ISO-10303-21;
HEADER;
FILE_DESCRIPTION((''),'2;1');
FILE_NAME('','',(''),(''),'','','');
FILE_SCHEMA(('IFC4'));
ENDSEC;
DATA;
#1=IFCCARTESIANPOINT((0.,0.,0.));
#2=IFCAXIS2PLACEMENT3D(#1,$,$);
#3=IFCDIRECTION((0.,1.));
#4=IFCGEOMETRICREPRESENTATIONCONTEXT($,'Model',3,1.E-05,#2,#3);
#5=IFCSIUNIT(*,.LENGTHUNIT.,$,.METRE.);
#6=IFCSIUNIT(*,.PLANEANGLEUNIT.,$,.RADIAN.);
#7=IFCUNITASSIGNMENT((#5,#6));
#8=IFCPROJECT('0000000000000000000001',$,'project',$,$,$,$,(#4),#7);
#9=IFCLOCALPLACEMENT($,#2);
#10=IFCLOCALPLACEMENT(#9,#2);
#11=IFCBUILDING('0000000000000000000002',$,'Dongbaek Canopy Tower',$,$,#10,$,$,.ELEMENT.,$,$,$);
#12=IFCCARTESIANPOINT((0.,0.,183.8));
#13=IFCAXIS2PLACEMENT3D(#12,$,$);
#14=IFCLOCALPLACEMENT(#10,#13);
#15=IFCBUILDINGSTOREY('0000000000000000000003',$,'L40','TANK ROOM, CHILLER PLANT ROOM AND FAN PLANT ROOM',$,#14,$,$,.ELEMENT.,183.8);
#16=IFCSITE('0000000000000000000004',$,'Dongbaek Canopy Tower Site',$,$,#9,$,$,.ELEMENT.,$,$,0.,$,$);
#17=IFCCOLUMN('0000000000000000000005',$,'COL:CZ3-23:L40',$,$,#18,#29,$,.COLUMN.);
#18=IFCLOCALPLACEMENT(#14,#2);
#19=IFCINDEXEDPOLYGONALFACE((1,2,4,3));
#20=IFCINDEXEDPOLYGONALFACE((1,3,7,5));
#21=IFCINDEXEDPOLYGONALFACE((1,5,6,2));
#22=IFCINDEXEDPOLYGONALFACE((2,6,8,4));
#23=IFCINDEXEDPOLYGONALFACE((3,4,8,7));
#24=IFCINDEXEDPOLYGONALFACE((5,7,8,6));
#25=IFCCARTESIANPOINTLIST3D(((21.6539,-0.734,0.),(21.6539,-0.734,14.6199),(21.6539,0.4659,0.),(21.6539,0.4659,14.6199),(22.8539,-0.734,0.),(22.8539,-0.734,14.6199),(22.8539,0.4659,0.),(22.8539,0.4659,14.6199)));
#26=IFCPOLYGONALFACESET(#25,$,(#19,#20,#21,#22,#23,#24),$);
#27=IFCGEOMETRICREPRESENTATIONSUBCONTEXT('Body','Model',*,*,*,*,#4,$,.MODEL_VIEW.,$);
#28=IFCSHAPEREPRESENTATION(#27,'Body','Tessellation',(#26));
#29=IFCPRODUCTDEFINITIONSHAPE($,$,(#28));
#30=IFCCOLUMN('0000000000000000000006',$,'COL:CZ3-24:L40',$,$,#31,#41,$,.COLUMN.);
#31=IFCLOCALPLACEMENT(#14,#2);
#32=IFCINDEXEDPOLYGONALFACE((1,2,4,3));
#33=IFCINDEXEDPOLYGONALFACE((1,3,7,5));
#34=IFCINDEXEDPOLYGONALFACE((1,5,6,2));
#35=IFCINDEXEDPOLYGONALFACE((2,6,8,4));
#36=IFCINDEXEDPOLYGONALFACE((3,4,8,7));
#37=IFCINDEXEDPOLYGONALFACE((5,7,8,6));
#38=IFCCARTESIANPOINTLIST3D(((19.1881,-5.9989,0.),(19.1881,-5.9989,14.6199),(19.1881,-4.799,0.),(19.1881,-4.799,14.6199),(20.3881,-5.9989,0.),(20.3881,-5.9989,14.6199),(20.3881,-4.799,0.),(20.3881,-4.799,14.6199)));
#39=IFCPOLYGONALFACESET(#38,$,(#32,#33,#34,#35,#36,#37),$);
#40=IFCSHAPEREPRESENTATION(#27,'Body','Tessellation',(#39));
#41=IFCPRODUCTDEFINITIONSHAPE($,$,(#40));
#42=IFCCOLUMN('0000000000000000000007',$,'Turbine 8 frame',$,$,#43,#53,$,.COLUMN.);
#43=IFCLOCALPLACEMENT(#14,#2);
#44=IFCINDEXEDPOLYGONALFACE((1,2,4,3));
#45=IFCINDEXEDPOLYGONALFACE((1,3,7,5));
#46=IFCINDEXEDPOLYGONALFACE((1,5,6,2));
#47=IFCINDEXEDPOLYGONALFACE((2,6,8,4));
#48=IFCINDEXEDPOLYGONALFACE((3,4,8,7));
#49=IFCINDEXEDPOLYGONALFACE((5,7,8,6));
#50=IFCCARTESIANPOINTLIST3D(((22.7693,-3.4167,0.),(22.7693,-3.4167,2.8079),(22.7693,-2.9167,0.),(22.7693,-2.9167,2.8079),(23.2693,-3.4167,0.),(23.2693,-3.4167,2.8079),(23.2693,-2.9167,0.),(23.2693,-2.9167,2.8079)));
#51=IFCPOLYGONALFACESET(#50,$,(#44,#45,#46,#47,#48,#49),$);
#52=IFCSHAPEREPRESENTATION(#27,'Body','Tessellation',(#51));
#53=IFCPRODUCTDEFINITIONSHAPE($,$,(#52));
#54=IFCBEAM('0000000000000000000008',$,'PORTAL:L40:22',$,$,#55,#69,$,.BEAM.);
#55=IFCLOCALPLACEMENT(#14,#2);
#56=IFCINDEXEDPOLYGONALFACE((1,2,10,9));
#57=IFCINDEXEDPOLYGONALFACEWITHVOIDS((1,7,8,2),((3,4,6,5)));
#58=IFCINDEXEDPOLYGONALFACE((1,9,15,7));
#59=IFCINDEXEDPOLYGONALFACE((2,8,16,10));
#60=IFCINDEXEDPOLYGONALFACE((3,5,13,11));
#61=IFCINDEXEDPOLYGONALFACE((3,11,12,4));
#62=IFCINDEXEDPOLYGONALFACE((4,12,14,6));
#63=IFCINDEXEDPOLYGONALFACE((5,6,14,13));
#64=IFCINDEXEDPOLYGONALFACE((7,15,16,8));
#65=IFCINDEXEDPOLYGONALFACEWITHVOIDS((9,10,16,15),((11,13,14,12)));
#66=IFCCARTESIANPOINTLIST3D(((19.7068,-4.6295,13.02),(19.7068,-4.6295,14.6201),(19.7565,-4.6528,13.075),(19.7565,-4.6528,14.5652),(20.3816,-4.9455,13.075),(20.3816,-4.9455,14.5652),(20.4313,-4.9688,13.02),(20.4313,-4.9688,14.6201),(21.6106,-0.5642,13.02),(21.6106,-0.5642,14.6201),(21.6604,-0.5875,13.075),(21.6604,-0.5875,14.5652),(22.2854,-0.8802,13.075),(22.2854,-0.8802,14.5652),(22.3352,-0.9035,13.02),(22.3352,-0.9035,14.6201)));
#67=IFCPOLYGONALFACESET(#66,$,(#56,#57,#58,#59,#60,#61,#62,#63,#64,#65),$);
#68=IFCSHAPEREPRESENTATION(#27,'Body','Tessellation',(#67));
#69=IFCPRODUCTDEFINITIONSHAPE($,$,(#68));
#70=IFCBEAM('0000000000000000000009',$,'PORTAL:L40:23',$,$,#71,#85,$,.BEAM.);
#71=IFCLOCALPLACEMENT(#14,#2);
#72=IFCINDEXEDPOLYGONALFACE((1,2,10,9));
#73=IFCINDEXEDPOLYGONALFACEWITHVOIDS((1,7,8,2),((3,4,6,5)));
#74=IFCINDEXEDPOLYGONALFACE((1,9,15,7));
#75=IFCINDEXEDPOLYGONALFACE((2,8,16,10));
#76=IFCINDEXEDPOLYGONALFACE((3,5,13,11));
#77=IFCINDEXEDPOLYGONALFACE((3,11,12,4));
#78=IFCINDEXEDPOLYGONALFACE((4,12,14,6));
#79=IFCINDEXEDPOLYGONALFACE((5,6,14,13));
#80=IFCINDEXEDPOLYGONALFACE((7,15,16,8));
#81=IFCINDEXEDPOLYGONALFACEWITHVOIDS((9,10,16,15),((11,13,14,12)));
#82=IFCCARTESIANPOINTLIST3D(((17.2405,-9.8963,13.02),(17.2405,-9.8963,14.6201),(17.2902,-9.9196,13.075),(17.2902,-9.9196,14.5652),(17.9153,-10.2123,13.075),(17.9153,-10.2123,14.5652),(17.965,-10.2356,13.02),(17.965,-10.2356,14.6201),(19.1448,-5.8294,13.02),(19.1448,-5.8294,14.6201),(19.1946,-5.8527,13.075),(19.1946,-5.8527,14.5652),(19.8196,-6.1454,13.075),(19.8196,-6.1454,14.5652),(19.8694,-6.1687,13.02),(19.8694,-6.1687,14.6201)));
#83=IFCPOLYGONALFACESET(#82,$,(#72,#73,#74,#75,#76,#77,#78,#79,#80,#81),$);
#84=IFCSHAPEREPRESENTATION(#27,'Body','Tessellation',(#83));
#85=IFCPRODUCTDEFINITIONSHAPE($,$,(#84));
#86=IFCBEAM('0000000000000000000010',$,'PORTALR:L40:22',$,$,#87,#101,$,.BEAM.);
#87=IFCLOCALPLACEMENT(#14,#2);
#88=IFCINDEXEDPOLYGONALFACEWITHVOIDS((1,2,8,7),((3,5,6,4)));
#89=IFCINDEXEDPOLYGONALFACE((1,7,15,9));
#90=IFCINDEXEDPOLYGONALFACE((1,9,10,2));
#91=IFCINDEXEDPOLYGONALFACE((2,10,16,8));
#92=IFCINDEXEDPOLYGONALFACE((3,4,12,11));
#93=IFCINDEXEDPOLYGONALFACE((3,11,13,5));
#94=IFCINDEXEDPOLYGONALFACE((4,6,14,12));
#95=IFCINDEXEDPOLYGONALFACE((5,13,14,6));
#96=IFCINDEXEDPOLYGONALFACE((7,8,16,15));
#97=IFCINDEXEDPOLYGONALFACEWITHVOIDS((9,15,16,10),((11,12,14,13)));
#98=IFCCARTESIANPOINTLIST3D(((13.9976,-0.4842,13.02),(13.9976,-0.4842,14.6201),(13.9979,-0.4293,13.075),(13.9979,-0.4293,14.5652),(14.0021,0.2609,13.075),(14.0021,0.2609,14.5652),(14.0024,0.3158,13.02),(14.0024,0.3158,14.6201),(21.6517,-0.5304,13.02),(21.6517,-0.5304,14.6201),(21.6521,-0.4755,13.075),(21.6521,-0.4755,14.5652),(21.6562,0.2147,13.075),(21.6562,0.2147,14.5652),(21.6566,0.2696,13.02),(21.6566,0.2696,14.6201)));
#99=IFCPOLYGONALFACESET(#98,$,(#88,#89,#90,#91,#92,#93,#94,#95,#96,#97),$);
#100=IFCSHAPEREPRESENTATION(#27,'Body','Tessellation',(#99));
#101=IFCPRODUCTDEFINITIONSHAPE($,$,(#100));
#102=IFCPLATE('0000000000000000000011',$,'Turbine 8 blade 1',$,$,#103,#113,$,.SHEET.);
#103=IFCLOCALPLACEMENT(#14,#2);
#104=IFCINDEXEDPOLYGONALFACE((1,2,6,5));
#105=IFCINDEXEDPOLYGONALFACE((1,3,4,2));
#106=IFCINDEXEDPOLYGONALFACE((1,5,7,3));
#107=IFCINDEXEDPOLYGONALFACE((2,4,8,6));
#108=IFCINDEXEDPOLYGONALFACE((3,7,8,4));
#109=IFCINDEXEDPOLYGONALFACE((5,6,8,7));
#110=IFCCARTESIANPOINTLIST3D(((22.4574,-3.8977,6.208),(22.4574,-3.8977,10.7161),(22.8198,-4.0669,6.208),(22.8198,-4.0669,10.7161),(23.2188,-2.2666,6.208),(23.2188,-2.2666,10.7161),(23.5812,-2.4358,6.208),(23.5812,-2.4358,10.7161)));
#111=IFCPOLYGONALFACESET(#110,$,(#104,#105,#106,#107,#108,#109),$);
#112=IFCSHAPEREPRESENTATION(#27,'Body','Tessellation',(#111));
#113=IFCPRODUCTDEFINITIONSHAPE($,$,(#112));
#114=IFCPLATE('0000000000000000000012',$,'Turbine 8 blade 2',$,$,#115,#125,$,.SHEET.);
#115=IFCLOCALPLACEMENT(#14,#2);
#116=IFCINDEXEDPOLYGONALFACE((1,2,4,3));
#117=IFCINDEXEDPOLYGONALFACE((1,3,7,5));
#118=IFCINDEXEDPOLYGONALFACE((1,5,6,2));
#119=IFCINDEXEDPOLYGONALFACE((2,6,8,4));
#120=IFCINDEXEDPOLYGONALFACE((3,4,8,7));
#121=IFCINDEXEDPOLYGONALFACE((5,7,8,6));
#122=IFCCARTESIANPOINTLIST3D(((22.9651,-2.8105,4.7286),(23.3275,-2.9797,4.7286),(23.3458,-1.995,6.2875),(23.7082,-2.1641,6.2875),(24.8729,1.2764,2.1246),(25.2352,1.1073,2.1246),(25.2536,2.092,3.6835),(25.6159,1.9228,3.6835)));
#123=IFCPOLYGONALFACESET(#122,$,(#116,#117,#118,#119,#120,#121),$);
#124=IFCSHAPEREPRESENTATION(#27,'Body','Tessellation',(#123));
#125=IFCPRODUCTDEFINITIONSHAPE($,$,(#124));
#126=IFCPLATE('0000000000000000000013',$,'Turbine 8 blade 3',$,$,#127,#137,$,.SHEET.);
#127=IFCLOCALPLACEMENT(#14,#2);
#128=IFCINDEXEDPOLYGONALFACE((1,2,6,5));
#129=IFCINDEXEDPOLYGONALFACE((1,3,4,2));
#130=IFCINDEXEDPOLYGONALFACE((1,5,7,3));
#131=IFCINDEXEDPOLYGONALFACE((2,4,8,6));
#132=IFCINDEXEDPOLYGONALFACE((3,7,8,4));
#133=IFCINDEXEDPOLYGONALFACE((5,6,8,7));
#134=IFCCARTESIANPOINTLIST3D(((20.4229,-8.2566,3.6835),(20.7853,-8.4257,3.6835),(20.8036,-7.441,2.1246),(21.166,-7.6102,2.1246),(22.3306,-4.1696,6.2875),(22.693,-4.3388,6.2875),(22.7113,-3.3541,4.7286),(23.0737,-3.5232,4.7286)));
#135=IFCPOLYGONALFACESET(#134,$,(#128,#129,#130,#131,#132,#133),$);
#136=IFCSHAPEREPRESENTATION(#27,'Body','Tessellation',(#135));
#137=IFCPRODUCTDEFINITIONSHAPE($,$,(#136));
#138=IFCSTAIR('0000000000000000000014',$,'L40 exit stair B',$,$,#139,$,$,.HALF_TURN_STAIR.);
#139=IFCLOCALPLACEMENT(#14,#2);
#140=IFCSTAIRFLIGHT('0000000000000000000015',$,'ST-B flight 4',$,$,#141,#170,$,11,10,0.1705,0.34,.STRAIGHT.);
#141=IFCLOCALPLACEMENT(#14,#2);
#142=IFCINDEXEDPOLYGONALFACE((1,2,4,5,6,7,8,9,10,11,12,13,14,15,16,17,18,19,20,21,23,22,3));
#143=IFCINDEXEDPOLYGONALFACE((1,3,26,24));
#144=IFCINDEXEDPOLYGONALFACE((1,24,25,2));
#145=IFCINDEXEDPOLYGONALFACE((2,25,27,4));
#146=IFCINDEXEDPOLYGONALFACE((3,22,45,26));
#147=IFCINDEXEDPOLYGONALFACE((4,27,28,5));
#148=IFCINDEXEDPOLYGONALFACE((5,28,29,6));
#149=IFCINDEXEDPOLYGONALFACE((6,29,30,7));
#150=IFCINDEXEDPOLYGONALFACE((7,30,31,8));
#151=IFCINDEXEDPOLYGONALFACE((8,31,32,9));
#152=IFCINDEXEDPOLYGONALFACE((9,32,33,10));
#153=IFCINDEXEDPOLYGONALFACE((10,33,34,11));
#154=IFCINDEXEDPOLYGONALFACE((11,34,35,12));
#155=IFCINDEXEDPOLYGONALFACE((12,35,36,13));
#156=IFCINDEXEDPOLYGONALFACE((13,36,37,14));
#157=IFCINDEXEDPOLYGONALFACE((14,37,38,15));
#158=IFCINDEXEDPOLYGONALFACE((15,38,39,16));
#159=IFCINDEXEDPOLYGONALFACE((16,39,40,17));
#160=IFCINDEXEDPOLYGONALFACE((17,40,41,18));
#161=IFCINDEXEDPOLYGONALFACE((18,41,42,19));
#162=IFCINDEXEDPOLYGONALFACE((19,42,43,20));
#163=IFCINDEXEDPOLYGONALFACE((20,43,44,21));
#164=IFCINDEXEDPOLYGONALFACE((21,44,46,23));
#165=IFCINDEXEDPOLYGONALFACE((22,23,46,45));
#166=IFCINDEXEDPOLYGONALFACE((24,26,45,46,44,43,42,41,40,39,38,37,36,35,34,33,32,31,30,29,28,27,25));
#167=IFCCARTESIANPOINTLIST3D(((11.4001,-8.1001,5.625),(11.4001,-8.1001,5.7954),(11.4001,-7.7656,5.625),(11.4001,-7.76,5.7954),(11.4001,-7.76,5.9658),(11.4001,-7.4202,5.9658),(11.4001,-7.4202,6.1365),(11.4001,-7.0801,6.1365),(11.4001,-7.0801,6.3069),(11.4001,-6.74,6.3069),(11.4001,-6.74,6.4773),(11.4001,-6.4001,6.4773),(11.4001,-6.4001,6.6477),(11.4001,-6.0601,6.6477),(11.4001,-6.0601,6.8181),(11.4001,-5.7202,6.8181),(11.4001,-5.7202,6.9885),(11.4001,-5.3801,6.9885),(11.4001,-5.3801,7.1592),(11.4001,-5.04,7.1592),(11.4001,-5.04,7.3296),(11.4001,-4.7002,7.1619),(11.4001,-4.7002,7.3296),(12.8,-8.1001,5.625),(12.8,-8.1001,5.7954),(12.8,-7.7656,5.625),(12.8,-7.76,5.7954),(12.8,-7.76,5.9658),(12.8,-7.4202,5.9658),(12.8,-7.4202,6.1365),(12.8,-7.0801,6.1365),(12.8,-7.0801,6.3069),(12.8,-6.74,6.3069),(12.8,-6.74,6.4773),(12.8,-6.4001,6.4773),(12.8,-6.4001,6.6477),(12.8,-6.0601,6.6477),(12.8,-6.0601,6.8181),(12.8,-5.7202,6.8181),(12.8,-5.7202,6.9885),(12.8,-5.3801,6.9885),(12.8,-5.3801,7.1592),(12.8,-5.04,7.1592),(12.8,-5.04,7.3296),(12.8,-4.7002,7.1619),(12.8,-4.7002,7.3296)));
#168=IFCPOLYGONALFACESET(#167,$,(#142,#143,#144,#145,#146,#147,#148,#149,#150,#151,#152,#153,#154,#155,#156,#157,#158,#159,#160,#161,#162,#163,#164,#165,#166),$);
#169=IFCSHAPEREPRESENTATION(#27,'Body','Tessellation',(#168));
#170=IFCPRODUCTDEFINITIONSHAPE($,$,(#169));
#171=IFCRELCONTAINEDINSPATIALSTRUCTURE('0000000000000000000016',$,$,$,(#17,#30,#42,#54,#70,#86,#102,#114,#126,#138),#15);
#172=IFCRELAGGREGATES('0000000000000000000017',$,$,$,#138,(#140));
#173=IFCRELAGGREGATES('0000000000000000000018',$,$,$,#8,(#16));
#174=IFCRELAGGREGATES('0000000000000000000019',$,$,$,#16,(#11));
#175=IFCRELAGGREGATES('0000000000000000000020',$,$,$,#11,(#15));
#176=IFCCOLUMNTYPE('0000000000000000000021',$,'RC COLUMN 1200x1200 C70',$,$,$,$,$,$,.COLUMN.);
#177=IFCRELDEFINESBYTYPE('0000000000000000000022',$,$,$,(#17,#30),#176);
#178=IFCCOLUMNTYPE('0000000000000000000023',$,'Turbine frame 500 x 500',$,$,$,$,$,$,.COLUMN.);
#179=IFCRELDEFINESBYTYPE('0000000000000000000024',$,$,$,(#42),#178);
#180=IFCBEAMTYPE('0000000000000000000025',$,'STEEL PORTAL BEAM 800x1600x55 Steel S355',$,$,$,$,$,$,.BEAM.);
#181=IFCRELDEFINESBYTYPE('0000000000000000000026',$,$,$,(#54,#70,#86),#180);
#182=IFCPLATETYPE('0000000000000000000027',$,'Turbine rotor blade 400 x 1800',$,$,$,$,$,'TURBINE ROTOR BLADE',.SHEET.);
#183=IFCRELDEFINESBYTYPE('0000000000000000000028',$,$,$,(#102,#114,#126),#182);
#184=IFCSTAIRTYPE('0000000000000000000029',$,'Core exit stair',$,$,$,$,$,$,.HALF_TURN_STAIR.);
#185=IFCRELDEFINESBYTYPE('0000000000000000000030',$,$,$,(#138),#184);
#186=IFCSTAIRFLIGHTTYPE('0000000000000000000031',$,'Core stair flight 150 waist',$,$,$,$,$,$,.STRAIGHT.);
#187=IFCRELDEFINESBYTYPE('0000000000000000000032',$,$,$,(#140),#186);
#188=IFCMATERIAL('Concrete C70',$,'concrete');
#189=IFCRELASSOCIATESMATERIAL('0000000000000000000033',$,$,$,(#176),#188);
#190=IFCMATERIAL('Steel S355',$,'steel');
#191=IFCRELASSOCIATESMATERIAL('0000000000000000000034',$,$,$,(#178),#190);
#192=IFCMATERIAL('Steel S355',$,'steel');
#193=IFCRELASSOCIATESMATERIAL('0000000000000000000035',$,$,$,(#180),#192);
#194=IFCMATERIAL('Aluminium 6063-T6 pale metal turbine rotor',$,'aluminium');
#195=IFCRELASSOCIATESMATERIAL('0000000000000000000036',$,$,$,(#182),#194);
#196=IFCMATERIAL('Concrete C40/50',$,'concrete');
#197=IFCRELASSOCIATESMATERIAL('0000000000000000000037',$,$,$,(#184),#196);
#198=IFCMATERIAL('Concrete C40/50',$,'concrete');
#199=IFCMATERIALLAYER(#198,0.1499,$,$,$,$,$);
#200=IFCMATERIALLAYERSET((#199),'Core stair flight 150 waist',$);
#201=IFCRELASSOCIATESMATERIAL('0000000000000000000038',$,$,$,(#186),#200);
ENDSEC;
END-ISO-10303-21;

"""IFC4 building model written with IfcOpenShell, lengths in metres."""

from ifc_helpers import new_model, si_unit, direction, frame, origin, origin_2d, place, context, subcontext, project, spatial, polyline, rectangle, hollow_rectangle, outline, extrude, material, layer, layer_set, material_profile, profile_set, type_object, element, aggregate, save


model = new_model("IFC4")

# Units and contexts
model_context = context("Model", 3, precision=1e-05, world=origin(), true_north=direction((0.0, 1.0)))
body_context = subcontext(model_context, "Body", "Model", "MODEL_VIEW")
ifc_project = project(units=[si_unit("LENGTHUNIT", "METRE"), si_unit("PLANEANGLEUNIT", "RADIAN")], contexts=[model_context])

# Site, building, storey
site_placement = place(None, origin())
site = spatial("IfcSite", under=ifc_project, at=site_placement, Name="Dongbaek Canopy Tower Site", CompositionType="ELEMENT", RefElevation=0.0)
building_placement = place(site_placement, origin())
building = spatial("IfcBuilding", under=site, at=building_placement, Name="Dongbaek Canopy Tower", CompositionType="ELEMENT")
storey_placement = place(building_placement, frame((0.0, 0.0, 183.8)))
storey = spatial("IfcBuildingStorey", under=building, at=storey_placement, Name="L40", Description="TANK ROOM, CHILLER PLANT ROOM AND FAN PLANT ROOM", CompositionType="ELEMENT", Elevation=183.8)

# Columns
ifc_material_1 = material(Name="Concrete C70", Category="concrete")
ifc_material_profile_1 = material_profile(ifc_material_1, rectangle(XDim=1.2, YDim=1.2, at=origin_2d()), Name="RC COLUMN 1200x1200 C70")
ifc_profile_set_1 = profile_set([ifc_material_profile_1], Name="Concrete C70")
column_type_1 = type_object("IfcColumnType", Name="RC COLUMN 1200x1200 C70", PredefinedType="COLUMN", material=ifc_profile_set_1)
for number, where, z_axis, x_axis, name in (
    (1, (22.2539, -0.134, 0.0), (0.0, 0.0, 1.0), (1.0, 0.0, 0.0), "COL:CZ3-23:L40"),
    (2, (19.7881, -5.3989, 0.0), (0.0, 0.0, 1.0), (1.0, 0.0, 0.0), "COL:CZ3-24:L40"),
):
    element("IfcColumn", number, at=place(storey_placement, frame(where, z_axis=z_axis, x_axis=x_axis)), inside=storey, type_object=column_type_1, Name=name, PredefinedType="COLUMN", context=body_context, shape_type="SweptSolid", body=[
        extrude(rectangle(XDim=1.2, YDim=1.2, at=origin_2d()), origin(), (0.0, 0.0, 1.0), 14.6199),
    ])
ifc_material_2 = material(Name="Steel S355", Category="steel")
ifc_material_profile_2 = material_profile(ifc_material_2, rectangle(XDim=0.5, YDim=0.5, at=origin_2d()), Name="Turbine frame 500 x 500")
ifc_profile_set_2 = profile_set([ifc_material_profile_2], Name="Steel S355")
column_type_2 = type_object("IfcColumnType", Name="Turbine frame 500 x 500", PredefinedType="COLUMN", material=ifc_profile_set_2)
column_placement = place(storey_placement, frame((23.0193, -3.1667, 0.0), z_axis=(0.0, 0.0, 1.0), x_axis=(1.0, 0.0, 0.0)))
element("IfcColumn", 3, at=column_placement, inside=storey, type_object=column_type_2, Name="Turbine 8 frame", PredefinedType="COLUMN", context=body_context, shape_type="SweptSolid", body=[
    extrude(rectangle(XDim=0.5, YDim=0.5, at=origin_2d()), origin(), (0.0, 0.0, 1.0), 2.8079),
])

# Beams
ifc_material_3 = material(Name="Steel S355", Category="steel")
ifc_material_profile_3 = material_profile(ifc_material_3, hollow_rectangle(XDim=0.8, YDim=1.6001, WallThickness=0.0549, at=origin_2d()), Name="STEEL PORTAL BEAM 800x1600x55 Steel S355")
ifc_profile_set_3 = profile_set([ifc_material_profile_3], Name="Steel S355")
beam_type = type_object("IfcBeamType", Name="STEEL PORTAL BEAM 800x1600x55 Steel S355", PredefinedType="BEAM", material=ifc_profile_set_3)
beam_1_placement = place(storey_placement, frame((21.9729, -0.7339, 13.8201), z_axis=(-0.424115, -0.905608, 0.0), x_axis=(0.905608, -0.424115, 0.0)))
element("IfcBeam", 4, at=beam_1_placement, inside=storey, type_object=beam_type, Name="PORTAL:L40:22", PredefinedType="BEAM", context=body_context, shape_type="SweptSolid", body=[
    extrude(hollow_rectangle(XDim=0.8, YDim=1.6001, WallThickness=0.0549, at=origin_2d()), origin(), (0.0, 0.0, 1.0), 4.489),
])
beam_2_placement = place(storey_placement, frame((19.5071, -5.999, 13.8201), z_axis=(-0.424058, -0.905635, 0.0), x_axis=(0.905635, -0.424058, 0.0)))
element("IfcBeam", 5, at=beam_2_placement, inside=storey, type_object=beam_type, Name="PORTAL:L40:23", PredefinedType="BEAM", context=body_context, shape_type="SweptSolid", body=[
    extrude(hollow_rectangle(XDim=0.8, YDim=1.6001, WallThickness=0.0549, at=origin_2d()), origin(), (0.0, 0.0, 1.0), 4.4907),
])
beam_3_placement = place(storey_placement, frame((14.0, -0.0842, 13.8201), z_axis=(0.999982, -0.006028, 0.0), x_axis=(0.006028, 0.999982, 0.0)))
element("IfcBeam", 6, at=beam_3_placement, inside=storey, type_object=beam_type, Name="PORTALR:L40:22", PredefinedType="BEAM", context=body_context, shape_type="SweptSolid", body=[
    extrude(hollow_rectangle(XDim=0.8, YDim=1.6001, WallThickness=0.0549, at=origin_2d()), origin(), (0.0, 0.0, 1.0), 7.6543),
])

# Plates
ifc_material_4 = material(Name="Aluminium 6063-T6 pale metal turbine rotor", Category="aluminium")
ifc_material_profile_4 = material_profile(ifc_material_4, rectangle(XDim=0.3999, YDim=1.8, at=origin_2d()), Name="Turbine rotor blade 400 x 1800")
ifc_profile_set_4 = profile_set([ifc_material_profile_4], Name="Aluminium 6063-T6 pale metal turbine rotor")
plate_type = type_object("IfcPlateType", Name="Turbine rotor blade 400 x 1800", ElementType="TURBINE ROTOR BLADE", PredefinedType="SHEET", material=ifc_profile_set_4)
plate_placement = place(storey_placement, frame((23.0193, -3.1667, 6.208), z_axis=(0.0, 0.0, 1.0), x_axis=(0.906136, -0.422986, 0.0)))
element("IfcPlate", 7, at=plate_placement, inside=storey, type_object=plate_type, Name="Turbine 8 blade 1", PredefinedType="SHEET", context=body_context, shape_type="SweptSolid", body=[
    extrude(rectangle(XDim=0.3999, YDim=1.8, at=origin_2d()), origin(), (0.0, 0.0, 1.0), 4.5081),
])
for number, where, z_axis, x_axis, name in (
    (8, (23.3367, -2.4873, 5.5081), (0.366306, 0.78474, -0.500002), (-0.906142, 0.422974, 0.0), "Turbine 8 blade 2"),
    (9, (22.7021, -3.8464, 5.5081), (-0.366306, -0.78474, -0.500002), (0.906142, -0.422974, 0.0), "Turbine 8 blade 3"),
):
    element("IfcPlate", number, at=place(storey_placement, frame(where, z_axis=z_axis, x_axis=x_axis)), inside=storey, type_object=plate_type, Name=name, PredefinedType="SHEET", context=body_context, shape_type="SweptSolid", body=[
        extrude(rectangle(XDim=0.3999, YDim=1.8, at=origin_2d()), origin(), (0.0, 0.0, 1.0), 5.208),
    ])

# Stair, stair flight
ifc_material_5 = material(Name="Concrete C40/50", Category="concrete")
stair_type = type_object("IfcStairType", Name="Core exit stair", PredefinedType="HALF_TURN_STAIR", material=ifc_material_5)
stair_placement = place(storey_placement, origin())
stair = element("IfcStair", 10, at=stair_placement, inside=storey, type_object=stair_type, Name="L40 exit stair B", PredefinedType="HALF_TURN_STAIR")
ifc_material_6 = material(Name="Concrete C40/50", Category="concrete")
ifc_layer = layer(ifc_material_6, 0.1499)
ifc_layer_set = layer_set([ifc_layer], Name="Core stair flight 150 waist")
stair_flight_type = type_object("IfcStairFlightType", Name="Core stair flight 150 waist", PredefinedType="STRAIGHT", material=ifc_layer_set)
stair_flight_1_placement = place(storey_placement, frame((12.1001, -8.1001, 5.625), z_axis=(0.0, 0.0, 1.0), x_axis=(0.0, 1.0, 0.0)))
stair_flight_1 = element("IfcStairFlight", 11, at=stair_flight_1_placement, type_object=stair_flight_type, Name="ST-B flight 4", NumberOfRisers=11, NumberOfTreads=10, PredefinedType="STRAIGHT", RiserHeight=0.1705, TreadLength=0.34, context=body_context, shape_type="SweptSolid", body=[
    extrude(outline(polyline([(0.0, 0.0), (0.0, 0.1704), (0.3401, 0.1704), (0.3401, 0.3408), (0.6799, 0.3408), (0.6799, 0.5115), (1.02, 0.5115), (1.02, 0.6819), (1.3601, 0.6819), (1.3601, 0.8523), (1.7, 0.8523), (1.7, 1.0227), (2.04, 1.0227), (2.04, 1.1931), (2.3799, 1.1931), (2.3799, 1.3635), (2.72, 1.3635), (2.72, 1.5342), (3.0601, 1.5342), (3.0601, 1.7046), (3.3999, 1.7046), (3.3999, 1.875), (3.3999, 1.5369), (0.3345, 0.0), (0.0, 0.0)])), frame((0.0, 0.7, 0.0), z_axis=(0.0, -1.0, 0.0), x_axis=(1.0, 0.0, 0.0)), (0.0, 0.0, 1.0), 1.3999),
])
aggregate(stair, [stair_flight_1])

save(model, "model.ifc")
